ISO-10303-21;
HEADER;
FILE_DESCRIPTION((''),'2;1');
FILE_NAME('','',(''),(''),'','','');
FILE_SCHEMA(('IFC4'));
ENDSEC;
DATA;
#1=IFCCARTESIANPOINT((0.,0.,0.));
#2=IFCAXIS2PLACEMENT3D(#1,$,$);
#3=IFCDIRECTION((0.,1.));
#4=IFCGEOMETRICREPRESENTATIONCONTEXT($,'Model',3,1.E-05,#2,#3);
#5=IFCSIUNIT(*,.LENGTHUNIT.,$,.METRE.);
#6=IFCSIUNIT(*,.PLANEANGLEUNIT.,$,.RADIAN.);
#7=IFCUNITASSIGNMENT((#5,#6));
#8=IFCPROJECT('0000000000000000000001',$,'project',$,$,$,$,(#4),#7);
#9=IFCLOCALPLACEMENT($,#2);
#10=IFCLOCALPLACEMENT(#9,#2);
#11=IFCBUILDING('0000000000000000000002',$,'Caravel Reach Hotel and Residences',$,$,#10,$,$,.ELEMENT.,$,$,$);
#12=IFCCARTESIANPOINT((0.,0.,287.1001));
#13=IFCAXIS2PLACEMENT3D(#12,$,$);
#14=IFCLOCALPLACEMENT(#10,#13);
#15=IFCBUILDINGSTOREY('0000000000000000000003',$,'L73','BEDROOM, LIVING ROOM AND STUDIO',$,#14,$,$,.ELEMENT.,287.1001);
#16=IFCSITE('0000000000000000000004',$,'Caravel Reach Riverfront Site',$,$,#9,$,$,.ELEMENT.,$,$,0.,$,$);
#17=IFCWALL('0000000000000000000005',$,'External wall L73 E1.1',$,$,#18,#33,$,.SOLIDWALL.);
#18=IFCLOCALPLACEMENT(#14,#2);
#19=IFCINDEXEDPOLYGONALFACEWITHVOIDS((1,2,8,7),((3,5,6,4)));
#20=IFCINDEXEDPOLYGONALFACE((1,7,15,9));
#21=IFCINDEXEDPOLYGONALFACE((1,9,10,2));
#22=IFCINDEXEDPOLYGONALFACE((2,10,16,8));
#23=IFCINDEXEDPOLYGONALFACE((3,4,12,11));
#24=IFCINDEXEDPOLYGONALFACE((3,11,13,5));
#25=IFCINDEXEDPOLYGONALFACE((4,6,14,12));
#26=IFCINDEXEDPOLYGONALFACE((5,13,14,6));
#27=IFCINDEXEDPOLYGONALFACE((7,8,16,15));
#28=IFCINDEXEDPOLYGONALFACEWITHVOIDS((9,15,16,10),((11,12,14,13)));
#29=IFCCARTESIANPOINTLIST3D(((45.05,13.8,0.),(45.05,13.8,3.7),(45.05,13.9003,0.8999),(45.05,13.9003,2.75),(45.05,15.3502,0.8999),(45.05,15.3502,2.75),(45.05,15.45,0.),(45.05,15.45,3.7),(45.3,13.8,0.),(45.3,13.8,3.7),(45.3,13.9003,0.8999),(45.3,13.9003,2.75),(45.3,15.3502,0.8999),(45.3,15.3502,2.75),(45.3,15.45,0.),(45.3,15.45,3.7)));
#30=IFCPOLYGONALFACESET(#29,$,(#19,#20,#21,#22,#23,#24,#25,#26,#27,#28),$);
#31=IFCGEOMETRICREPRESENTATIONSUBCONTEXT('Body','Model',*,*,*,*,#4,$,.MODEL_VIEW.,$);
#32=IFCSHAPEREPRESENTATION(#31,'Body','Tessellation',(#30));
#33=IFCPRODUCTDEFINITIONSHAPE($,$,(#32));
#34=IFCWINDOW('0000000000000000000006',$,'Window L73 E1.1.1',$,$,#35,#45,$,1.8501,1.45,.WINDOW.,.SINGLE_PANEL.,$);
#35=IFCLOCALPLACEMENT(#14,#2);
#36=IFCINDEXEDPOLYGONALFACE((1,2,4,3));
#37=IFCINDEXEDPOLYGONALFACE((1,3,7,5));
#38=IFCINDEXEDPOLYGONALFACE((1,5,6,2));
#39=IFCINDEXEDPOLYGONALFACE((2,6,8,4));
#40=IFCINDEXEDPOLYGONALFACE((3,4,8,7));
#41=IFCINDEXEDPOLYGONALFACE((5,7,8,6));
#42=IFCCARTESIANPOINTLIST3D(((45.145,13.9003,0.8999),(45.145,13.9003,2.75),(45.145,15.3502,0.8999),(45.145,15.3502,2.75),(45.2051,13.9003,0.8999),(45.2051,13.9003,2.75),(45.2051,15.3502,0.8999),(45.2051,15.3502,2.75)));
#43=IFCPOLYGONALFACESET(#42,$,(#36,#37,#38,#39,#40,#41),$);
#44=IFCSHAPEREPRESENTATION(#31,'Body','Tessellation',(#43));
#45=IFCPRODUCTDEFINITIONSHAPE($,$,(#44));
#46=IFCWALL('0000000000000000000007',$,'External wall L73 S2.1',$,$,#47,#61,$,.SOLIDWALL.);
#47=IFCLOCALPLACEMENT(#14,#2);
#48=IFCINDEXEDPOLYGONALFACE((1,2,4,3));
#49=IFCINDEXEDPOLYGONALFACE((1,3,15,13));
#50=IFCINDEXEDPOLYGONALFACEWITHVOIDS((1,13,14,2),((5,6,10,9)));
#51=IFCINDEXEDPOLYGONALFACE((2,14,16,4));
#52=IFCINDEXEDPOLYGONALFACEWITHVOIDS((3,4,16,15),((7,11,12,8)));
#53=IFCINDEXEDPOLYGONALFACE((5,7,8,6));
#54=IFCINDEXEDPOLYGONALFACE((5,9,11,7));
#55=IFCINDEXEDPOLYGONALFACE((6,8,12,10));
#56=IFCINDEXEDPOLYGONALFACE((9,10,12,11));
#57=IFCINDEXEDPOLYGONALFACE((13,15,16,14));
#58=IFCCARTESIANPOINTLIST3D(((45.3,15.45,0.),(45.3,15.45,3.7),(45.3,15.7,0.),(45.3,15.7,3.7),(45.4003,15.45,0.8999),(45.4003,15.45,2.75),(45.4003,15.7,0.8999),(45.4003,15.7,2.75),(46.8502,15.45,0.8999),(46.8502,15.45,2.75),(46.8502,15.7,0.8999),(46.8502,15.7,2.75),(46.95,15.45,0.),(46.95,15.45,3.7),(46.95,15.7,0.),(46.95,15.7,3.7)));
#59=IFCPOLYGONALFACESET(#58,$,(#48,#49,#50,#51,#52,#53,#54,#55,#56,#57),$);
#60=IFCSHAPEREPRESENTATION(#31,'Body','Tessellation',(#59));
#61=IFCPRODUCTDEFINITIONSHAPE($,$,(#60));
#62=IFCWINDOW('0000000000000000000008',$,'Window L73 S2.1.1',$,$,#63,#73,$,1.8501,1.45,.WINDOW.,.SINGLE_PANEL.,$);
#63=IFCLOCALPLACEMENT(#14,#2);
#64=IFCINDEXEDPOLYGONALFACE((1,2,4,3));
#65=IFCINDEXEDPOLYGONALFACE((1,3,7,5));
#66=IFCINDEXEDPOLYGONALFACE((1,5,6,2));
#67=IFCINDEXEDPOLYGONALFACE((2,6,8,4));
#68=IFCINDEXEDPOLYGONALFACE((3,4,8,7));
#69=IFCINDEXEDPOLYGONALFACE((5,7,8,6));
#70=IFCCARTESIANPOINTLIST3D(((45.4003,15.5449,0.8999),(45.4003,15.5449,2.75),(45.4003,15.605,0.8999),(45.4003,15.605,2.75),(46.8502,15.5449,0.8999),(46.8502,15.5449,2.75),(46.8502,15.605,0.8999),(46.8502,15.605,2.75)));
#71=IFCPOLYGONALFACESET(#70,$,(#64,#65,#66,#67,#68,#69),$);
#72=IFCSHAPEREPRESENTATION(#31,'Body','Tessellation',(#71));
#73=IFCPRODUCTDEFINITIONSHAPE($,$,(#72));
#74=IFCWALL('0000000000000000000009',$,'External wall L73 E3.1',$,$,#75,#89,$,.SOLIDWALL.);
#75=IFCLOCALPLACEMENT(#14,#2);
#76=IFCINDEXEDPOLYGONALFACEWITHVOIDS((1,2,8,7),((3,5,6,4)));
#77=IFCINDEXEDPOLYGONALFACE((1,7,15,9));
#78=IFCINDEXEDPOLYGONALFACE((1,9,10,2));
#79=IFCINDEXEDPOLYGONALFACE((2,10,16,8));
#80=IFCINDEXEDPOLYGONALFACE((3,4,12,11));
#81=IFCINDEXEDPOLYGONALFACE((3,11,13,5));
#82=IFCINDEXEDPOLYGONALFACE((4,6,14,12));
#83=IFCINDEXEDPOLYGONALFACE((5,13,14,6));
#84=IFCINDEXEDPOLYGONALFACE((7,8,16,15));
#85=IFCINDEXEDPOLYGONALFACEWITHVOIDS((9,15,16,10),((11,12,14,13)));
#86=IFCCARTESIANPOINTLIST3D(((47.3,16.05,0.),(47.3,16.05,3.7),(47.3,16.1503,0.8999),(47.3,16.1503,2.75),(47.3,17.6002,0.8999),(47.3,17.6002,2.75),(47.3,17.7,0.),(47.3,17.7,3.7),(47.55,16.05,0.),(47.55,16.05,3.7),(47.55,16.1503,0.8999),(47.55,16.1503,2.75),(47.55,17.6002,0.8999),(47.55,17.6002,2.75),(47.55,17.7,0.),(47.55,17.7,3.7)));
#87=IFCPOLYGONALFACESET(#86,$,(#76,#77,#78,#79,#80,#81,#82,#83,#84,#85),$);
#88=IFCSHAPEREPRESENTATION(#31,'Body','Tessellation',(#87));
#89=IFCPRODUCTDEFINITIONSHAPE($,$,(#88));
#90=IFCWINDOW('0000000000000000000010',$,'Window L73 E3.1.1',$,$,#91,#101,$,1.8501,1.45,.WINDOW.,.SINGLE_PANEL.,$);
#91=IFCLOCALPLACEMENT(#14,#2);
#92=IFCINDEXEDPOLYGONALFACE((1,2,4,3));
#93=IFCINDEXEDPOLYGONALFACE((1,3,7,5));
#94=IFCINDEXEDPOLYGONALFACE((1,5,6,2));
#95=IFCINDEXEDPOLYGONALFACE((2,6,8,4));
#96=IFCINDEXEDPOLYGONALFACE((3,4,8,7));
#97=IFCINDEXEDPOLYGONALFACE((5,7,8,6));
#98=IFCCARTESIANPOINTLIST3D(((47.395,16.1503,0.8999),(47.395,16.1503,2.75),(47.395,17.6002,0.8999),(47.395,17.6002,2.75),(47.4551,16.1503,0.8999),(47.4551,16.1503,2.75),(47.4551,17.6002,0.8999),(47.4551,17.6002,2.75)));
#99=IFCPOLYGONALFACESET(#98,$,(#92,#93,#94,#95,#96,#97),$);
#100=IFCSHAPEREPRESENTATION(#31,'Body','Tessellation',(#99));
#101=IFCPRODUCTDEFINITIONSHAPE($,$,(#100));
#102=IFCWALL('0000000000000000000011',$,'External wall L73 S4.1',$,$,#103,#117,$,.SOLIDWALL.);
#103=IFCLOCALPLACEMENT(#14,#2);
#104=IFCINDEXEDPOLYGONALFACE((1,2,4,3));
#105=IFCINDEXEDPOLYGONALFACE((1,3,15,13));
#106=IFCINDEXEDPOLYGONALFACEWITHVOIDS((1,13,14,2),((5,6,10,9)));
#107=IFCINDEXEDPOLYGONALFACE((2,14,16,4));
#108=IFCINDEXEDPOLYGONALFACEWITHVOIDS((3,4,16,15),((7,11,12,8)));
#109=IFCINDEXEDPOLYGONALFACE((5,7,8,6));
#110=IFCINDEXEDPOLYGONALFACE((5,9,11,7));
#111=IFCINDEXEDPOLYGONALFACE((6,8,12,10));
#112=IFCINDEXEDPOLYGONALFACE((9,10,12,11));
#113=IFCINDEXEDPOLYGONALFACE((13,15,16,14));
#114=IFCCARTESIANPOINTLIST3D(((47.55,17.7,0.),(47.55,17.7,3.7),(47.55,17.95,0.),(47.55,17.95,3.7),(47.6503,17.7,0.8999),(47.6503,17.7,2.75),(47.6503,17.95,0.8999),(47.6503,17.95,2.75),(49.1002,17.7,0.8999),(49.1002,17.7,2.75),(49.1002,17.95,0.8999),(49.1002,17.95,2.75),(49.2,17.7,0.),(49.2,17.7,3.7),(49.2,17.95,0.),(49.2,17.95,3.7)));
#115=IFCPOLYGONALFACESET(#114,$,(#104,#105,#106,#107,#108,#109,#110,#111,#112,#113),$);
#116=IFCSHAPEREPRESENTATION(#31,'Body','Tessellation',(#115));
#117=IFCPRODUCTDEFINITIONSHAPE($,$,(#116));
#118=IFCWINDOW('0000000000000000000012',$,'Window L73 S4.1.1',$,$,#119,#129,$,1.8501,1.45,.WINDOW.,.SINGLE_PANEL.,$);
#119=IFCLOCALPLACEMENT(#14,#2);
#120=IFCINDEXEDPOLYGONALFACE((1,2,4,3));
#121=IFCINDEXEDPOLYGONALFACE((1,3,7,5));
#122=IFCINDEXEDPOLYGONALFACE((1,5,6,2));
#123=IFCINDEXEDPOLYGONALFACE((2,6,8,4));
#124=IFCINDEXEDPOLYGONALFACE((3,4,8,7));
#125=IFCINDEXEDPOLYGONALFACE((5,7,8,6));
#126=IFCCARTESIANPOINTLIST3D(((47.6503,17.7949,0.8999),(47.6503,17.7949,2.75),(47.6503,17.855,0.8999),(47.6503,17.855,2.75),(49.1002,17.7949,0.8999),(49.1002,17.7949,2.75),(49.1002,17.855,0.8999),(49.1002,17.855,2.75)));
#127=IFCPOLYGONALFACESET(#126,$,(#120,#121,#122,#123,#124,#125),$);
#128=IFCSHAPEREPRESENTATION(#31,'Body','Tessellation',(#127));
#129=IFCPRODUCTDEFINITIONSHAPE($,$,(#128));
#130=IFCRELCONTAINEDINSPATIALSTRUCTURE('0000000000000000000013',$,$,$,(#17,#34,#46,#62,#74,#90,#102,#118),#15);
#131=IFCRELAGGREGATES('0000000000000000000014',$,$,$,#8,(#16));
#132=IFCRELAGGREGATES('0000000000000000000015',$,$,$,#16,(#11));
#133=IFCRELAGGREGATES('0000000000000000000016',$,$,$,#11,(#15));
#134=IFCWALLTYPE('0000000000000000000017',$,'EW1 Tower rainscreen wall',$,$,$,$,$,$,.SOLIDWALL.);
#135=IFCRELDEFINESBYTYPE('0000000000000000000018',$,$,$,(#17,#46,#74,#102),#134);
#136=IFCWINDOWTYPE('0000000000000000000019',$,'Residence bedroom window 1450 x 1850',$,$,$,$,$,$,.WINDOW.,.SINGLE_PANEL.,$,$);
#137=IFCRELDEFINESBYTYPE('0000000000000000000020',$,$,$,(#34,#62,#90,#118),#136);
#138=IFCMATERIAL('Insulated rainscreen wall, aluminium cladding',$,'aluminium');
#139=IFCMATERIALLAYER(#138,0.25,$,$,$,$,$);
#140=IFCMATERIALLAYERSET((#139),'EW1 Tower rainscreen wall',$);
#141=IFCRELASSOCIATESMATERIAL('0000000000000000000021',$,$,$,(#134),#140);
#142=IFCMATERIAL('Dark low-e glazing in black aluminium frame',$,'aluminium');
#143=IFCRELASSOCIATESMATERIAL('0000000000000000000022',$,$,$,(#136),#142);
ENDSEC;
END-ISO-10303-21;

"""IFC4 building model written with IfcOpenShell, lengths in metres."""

from ifc_helpers import new_model, si_unit, direction, frame, frame_2d, origin, place, context, subcontext, project, spatial, rectangle, extrude, material, layer, layer_set, type_object, element, fill, save


model = new_model("IFC4")

# Units and contexts
model_context = context("Model", 3, precision=1e-05, world=origin(), true_north=direction((0.0, 1.0)))
body_context = subcontext(model_context, "Body", "Model", "MODEL_VIEW")
ifc_project = project(units=[si_unit("LENGTHUNIT", "METRE"), si_unit("PLANEANGLEUNIT", "RADIAN")], contexts=[model_context])

# Site, building, storey
site_placement = place(None, origin())
site = spatial("IfcSite", under=ifc_project, at=site_placement, Name="Caravel Reach Riverfront Site", CompositionType="ELEMENT", RefElevation=0.0)
building_placement = place(site_placement, origin())
building = spatial("IfcBuilding", under=site, at=building_placement, Name="Caravel Reach Hotel and Residences", CompositionType="ELEMENT")
storey_placement = place(building_placement, frame((0.0, 0.0, 287.1001)))
storey = spatial("IfcBuildingStorey", under=building, at=storey_placement, Name="L73", Description="BEDROOM, LIVING ROOM AND STUDIO", CompositionType="ELEMENT", Elevation=287.1001)

# Walls, openings, windows
ifc_material_1 = material(Name="Insulated rainscreen wall, aluminium cladding", Category="aluminium")
ifc_layer_1 = layer(ifc_material_1, 0.25)
ifc_layer_set_1 = layer_set([ifc_layer_1], Name="EW1 Tower rainscreen wall")
wall_type_1 = type_object("IfcWallType", Name="EW1 Tower rainscreen wall", PredefinedType="SOLIDWALL", material=ifc_layer_set_1)
wall_1_placement = place(storey_placement, frame((45.175, 13.8, 0.0), z_axis=(0.0, 0.0, 1.0), x_axis=(0.0, 1.0, 0.0)))
wall_1 = element("IfcWall", 1, at=wall_1_placement, inside=storey, type_object=wall_type_1, Name="External wall L73 E1.1", PredefinedType="SOLIDWALL", context=body_context, shape_type="SweptSolid", body=[
    extrude(rectangle(XDim=1.6499, YDim=0.25, at=frame_2d((0.825, 0.0))), origin(), (0.0, 0.0, 1.0), 3.7),
])
opening_1_placement = place(wall_1_placement, frame((0.1001, 0.0, 0.8999)))
opening_1 = element("IfcOpeningElement", 2, at=opening_1_placement, cuts=wall_1, PredefinedType="OPENING", context=body_context, shape_type="SweptSolid", body=[
    extrude(rectangle(XDim=1.45, YDim=1.8501, at=frame_2d((0.7251, 0.925))), frame((0.0, 0.135, 0.0), z_axis=(0.0, -1.0, 0.0), x_axis=(1.0, 0.0, 0.0)), (0.0, 0.0, 1.0), 0.27),
])
ifc_material_2 = material(Name="Dark low-e glazing in black aluminium frame", Category="aluminium")
window_type_1 = type_object("IfcWindowType", Name="Residence bedroom window 1450 x 1850", PartitioningType="SINGLE_PANEL", PredefinedType="WINDOW", material=ifc_material_2)
window_1_placement = place(opening_1_placement, origin())
window_1 = element("IfcWindow", 3, at=window_1_placement, inside=storey, type_object=window_type_1, Name="Window L73 E1.1.1", OverallHeight=1.8501, OverallWidth=1.45, PartitioningType="SINGLE_PANEL", PredefinedType="WINDOW", context=body_context, shape_type="SweptSolid", body=[
    extrude(rectangle(XDim=1.45, YDim=1.8501, at=frame_2d((0.7251, 0.925))), frame((0.0, 0.03, 0.0), z_axis=(0.0, -1.0, 0.0), x_axis=(1.0, 0.0, 0.0)), (0.0, 0.0, 1.0), 0.0601),
])
fill(opening_1, window_1)
wall_2_placement = place(storey_placement, frame((45.3, 15.575, 0.0), z_axis=(0.0, 0.0, 1.0), x_axis=(1.0, 0.0, 0.0)))
wall_2 = element("IfcWall", 4, at=wall_2_placement, inside=storey, type_object=wall_type_1, Name="External wall L73 S2.1", PredefinedType="SOLIDWALL", context=body_context, shape_type="SweptSolid", body=[
    extrude(rectangle(XDim=1.6499, YDim=0.25, at=frame_2d((0.825, 0.0))), origin(), (0.0, 0.0, 1.0), 3.7),
])
opening_2_placement = place(wall_2_placement, frame((0.1001, 0.0, 0.8999)))
opening_2 = element("IfcOpeningElement", 5, at=opening_2_placement, cuts=wall_2, PredefinedType="OPENING", context=body_context, shape_type="SweptSolid", body=[
    extrude(rectangle(XDim=1.45, YDim=1.8501, at=frame_2d((0.7251, 0.925))), frame((0.0, 0.135, 0.0), z_axis=(0.0, -1.0, 0.0), x_axis=(1.0, 0.0, 0.0)), (0.0, 0.0, 1.0), 0.27),
])
window_2_placement = place(opening_2_placement, origin())
window_2 = element("IfcWindow", 6, at=window_2_placement, inside=storey, type_object=window_type_1, Name="Window L73 S2.1.1", OverallHeight=1.8501, OverallWidth=1.45, PartitioningType="SINGLE_PANEL", PredefinedType="WINDOW", context=body_context, shape_type="SweptSolid", body=[
    extrude(rectangle(XDim=1.45, YDim=1.8501, at=frame_2d((0.7251, 0.925))), frame((0.0, 0.03, 0.0), z_axis=(0.0, -1.0, 0.0), x_axis=(1.0, 0.0, 0.0)), (0.0, 0.0, 1.0), 0.0601),
])
fill(opening_2, window_2)
wall_3_placement = place(storey_placement, frame((47.425, 16.05, 0.0), z_axis=(0.0, 0.0, 1.0), x_axis=(0.0, 1.0, 0.0)))
wall_3 = element("IfcWall", 7, at=wall_3_placement, inside=storey, type_object=wall_type_1, Name="External wall L73 E3.1", PredefinedType="SOLIDWALL", context=body_context, shape_type="SweptSolid", body=[
    extrude(rectangle(XDim=1.6499, YDim=0.25, at=frame_2d((0.825, 0.0))), origin(), (0.0, 0.0, 1.0), 3.7),
])
opening_3_placement = place(wall_3_placement, frame((0.1001, 0.0, 0.8999)))
opening_3 = element("IfcOpeningElement", 8, at=opening_3_placement, cuts=wall_3, PredefinedType="OPENING", context=body_context, shape_type="SweptSolid", body=[
    extrude(rectangle(XDim=1.45, YDim=1.8501, at=frame_2d((0.7251, 0.925))), frame((0.0, 0.135, 0.0), z_axis=(0.0, -1.0, 0.0), x_axis=(1.0, 0.0, 0.0)), (0.0, 0.0, 1.0), 0.27),
])
window_3_placement = place(opening_3_placement, origin())
window_3 = element("IfcWindow", 9, at=window_3_placement, inside=storey, type_object=window_type_1, Name="Window L73 E3.1.1", OverallHeight=1.8501, OverallWidth=1.45, PartitioningType="SINGLE_PANEL", PredefinedType="WINDOW", context=body_context, shape_type="SweptSolid", body=[
    extrude(rectangle(XDim=1.45, YDim=1.8501, at=frame_2d((0.7251, 0.925))), frame((0.0, 0.03, 0.0), z_axis=(0.0, -1.0, 0.0), x_axis=(1.0, 0.0, 0.0)), (0.0, 0.0, 1.0), 0.0601),
])
fill(opening_3, window_3)
wall_4_placement = place(storey_placement, frame((47.55, 17.825, 0.0), z_axis=(0.0, 0.0, 1.0), x_axis=(1.0, 0.0, 0.0)))
wall_4 = element("IfcWall", 10, at=wall_4_placement, inside=storey, type_object=wall_type_1, Name="External wall L73 S4.1", PredefinedType="SOLIDWALL", context=body_context, shape_type="SweptSolid", body=[
    extrude(rectangle(XDim=1.6499, YDim=0.25, at=frame_2d((0.825, 0.0))), origin(), (0.0, 0.0, 1.0), 3.7),
])
opening_4_placement = place(wall_4_placement, frame((0.1001, 0.0, 0.8999)))
opening_4 = element("IfcOpeningElement", 11, at=opening_4_placement, cuts=wall_4, PredefinedType="OPENING", context=body_context, shape_type="SweptSolid", body=[
    extrude(rectangle(XDim=1.45, YDim=1.8501, at=frame_2d((0.7251, 0.925))), frame((0.0, 0.135, 0.0), z_axis=(0.0, -1.0, 0.0), x_axis=(1.0, 0.0, 0.0)), (0.0, 0.0, 1.0), 0.27),
])
window_4_placement = place(opening_4_placement, origin())
window_4 = element("IfcWindow", 12, at=window_4_placement, inside=storey, type_object=window_type_1, Name="Window L73 S4.1.1", OverallHeight=1.8501, OverallWidth=1.45, PartitioningType="SINGLE_PANEL", PredefinedType="WINDOW", context=body_context, shape_type="SweptSolid", body=[
    extrude(rectangle(XDim=1.45, YDim=1.8501, at=frame_2d((0.7251, 0.925))), frame((0.0, 0.03, 0.0), z_axis=(0.0, -1.0, 0.0), x_axis=(1.0, 0.0, 0.0)), (0.0, 0.0, 1.0), 0.0601),
])
fill(opening_4, window_4)

save(model, "model.ifc")
